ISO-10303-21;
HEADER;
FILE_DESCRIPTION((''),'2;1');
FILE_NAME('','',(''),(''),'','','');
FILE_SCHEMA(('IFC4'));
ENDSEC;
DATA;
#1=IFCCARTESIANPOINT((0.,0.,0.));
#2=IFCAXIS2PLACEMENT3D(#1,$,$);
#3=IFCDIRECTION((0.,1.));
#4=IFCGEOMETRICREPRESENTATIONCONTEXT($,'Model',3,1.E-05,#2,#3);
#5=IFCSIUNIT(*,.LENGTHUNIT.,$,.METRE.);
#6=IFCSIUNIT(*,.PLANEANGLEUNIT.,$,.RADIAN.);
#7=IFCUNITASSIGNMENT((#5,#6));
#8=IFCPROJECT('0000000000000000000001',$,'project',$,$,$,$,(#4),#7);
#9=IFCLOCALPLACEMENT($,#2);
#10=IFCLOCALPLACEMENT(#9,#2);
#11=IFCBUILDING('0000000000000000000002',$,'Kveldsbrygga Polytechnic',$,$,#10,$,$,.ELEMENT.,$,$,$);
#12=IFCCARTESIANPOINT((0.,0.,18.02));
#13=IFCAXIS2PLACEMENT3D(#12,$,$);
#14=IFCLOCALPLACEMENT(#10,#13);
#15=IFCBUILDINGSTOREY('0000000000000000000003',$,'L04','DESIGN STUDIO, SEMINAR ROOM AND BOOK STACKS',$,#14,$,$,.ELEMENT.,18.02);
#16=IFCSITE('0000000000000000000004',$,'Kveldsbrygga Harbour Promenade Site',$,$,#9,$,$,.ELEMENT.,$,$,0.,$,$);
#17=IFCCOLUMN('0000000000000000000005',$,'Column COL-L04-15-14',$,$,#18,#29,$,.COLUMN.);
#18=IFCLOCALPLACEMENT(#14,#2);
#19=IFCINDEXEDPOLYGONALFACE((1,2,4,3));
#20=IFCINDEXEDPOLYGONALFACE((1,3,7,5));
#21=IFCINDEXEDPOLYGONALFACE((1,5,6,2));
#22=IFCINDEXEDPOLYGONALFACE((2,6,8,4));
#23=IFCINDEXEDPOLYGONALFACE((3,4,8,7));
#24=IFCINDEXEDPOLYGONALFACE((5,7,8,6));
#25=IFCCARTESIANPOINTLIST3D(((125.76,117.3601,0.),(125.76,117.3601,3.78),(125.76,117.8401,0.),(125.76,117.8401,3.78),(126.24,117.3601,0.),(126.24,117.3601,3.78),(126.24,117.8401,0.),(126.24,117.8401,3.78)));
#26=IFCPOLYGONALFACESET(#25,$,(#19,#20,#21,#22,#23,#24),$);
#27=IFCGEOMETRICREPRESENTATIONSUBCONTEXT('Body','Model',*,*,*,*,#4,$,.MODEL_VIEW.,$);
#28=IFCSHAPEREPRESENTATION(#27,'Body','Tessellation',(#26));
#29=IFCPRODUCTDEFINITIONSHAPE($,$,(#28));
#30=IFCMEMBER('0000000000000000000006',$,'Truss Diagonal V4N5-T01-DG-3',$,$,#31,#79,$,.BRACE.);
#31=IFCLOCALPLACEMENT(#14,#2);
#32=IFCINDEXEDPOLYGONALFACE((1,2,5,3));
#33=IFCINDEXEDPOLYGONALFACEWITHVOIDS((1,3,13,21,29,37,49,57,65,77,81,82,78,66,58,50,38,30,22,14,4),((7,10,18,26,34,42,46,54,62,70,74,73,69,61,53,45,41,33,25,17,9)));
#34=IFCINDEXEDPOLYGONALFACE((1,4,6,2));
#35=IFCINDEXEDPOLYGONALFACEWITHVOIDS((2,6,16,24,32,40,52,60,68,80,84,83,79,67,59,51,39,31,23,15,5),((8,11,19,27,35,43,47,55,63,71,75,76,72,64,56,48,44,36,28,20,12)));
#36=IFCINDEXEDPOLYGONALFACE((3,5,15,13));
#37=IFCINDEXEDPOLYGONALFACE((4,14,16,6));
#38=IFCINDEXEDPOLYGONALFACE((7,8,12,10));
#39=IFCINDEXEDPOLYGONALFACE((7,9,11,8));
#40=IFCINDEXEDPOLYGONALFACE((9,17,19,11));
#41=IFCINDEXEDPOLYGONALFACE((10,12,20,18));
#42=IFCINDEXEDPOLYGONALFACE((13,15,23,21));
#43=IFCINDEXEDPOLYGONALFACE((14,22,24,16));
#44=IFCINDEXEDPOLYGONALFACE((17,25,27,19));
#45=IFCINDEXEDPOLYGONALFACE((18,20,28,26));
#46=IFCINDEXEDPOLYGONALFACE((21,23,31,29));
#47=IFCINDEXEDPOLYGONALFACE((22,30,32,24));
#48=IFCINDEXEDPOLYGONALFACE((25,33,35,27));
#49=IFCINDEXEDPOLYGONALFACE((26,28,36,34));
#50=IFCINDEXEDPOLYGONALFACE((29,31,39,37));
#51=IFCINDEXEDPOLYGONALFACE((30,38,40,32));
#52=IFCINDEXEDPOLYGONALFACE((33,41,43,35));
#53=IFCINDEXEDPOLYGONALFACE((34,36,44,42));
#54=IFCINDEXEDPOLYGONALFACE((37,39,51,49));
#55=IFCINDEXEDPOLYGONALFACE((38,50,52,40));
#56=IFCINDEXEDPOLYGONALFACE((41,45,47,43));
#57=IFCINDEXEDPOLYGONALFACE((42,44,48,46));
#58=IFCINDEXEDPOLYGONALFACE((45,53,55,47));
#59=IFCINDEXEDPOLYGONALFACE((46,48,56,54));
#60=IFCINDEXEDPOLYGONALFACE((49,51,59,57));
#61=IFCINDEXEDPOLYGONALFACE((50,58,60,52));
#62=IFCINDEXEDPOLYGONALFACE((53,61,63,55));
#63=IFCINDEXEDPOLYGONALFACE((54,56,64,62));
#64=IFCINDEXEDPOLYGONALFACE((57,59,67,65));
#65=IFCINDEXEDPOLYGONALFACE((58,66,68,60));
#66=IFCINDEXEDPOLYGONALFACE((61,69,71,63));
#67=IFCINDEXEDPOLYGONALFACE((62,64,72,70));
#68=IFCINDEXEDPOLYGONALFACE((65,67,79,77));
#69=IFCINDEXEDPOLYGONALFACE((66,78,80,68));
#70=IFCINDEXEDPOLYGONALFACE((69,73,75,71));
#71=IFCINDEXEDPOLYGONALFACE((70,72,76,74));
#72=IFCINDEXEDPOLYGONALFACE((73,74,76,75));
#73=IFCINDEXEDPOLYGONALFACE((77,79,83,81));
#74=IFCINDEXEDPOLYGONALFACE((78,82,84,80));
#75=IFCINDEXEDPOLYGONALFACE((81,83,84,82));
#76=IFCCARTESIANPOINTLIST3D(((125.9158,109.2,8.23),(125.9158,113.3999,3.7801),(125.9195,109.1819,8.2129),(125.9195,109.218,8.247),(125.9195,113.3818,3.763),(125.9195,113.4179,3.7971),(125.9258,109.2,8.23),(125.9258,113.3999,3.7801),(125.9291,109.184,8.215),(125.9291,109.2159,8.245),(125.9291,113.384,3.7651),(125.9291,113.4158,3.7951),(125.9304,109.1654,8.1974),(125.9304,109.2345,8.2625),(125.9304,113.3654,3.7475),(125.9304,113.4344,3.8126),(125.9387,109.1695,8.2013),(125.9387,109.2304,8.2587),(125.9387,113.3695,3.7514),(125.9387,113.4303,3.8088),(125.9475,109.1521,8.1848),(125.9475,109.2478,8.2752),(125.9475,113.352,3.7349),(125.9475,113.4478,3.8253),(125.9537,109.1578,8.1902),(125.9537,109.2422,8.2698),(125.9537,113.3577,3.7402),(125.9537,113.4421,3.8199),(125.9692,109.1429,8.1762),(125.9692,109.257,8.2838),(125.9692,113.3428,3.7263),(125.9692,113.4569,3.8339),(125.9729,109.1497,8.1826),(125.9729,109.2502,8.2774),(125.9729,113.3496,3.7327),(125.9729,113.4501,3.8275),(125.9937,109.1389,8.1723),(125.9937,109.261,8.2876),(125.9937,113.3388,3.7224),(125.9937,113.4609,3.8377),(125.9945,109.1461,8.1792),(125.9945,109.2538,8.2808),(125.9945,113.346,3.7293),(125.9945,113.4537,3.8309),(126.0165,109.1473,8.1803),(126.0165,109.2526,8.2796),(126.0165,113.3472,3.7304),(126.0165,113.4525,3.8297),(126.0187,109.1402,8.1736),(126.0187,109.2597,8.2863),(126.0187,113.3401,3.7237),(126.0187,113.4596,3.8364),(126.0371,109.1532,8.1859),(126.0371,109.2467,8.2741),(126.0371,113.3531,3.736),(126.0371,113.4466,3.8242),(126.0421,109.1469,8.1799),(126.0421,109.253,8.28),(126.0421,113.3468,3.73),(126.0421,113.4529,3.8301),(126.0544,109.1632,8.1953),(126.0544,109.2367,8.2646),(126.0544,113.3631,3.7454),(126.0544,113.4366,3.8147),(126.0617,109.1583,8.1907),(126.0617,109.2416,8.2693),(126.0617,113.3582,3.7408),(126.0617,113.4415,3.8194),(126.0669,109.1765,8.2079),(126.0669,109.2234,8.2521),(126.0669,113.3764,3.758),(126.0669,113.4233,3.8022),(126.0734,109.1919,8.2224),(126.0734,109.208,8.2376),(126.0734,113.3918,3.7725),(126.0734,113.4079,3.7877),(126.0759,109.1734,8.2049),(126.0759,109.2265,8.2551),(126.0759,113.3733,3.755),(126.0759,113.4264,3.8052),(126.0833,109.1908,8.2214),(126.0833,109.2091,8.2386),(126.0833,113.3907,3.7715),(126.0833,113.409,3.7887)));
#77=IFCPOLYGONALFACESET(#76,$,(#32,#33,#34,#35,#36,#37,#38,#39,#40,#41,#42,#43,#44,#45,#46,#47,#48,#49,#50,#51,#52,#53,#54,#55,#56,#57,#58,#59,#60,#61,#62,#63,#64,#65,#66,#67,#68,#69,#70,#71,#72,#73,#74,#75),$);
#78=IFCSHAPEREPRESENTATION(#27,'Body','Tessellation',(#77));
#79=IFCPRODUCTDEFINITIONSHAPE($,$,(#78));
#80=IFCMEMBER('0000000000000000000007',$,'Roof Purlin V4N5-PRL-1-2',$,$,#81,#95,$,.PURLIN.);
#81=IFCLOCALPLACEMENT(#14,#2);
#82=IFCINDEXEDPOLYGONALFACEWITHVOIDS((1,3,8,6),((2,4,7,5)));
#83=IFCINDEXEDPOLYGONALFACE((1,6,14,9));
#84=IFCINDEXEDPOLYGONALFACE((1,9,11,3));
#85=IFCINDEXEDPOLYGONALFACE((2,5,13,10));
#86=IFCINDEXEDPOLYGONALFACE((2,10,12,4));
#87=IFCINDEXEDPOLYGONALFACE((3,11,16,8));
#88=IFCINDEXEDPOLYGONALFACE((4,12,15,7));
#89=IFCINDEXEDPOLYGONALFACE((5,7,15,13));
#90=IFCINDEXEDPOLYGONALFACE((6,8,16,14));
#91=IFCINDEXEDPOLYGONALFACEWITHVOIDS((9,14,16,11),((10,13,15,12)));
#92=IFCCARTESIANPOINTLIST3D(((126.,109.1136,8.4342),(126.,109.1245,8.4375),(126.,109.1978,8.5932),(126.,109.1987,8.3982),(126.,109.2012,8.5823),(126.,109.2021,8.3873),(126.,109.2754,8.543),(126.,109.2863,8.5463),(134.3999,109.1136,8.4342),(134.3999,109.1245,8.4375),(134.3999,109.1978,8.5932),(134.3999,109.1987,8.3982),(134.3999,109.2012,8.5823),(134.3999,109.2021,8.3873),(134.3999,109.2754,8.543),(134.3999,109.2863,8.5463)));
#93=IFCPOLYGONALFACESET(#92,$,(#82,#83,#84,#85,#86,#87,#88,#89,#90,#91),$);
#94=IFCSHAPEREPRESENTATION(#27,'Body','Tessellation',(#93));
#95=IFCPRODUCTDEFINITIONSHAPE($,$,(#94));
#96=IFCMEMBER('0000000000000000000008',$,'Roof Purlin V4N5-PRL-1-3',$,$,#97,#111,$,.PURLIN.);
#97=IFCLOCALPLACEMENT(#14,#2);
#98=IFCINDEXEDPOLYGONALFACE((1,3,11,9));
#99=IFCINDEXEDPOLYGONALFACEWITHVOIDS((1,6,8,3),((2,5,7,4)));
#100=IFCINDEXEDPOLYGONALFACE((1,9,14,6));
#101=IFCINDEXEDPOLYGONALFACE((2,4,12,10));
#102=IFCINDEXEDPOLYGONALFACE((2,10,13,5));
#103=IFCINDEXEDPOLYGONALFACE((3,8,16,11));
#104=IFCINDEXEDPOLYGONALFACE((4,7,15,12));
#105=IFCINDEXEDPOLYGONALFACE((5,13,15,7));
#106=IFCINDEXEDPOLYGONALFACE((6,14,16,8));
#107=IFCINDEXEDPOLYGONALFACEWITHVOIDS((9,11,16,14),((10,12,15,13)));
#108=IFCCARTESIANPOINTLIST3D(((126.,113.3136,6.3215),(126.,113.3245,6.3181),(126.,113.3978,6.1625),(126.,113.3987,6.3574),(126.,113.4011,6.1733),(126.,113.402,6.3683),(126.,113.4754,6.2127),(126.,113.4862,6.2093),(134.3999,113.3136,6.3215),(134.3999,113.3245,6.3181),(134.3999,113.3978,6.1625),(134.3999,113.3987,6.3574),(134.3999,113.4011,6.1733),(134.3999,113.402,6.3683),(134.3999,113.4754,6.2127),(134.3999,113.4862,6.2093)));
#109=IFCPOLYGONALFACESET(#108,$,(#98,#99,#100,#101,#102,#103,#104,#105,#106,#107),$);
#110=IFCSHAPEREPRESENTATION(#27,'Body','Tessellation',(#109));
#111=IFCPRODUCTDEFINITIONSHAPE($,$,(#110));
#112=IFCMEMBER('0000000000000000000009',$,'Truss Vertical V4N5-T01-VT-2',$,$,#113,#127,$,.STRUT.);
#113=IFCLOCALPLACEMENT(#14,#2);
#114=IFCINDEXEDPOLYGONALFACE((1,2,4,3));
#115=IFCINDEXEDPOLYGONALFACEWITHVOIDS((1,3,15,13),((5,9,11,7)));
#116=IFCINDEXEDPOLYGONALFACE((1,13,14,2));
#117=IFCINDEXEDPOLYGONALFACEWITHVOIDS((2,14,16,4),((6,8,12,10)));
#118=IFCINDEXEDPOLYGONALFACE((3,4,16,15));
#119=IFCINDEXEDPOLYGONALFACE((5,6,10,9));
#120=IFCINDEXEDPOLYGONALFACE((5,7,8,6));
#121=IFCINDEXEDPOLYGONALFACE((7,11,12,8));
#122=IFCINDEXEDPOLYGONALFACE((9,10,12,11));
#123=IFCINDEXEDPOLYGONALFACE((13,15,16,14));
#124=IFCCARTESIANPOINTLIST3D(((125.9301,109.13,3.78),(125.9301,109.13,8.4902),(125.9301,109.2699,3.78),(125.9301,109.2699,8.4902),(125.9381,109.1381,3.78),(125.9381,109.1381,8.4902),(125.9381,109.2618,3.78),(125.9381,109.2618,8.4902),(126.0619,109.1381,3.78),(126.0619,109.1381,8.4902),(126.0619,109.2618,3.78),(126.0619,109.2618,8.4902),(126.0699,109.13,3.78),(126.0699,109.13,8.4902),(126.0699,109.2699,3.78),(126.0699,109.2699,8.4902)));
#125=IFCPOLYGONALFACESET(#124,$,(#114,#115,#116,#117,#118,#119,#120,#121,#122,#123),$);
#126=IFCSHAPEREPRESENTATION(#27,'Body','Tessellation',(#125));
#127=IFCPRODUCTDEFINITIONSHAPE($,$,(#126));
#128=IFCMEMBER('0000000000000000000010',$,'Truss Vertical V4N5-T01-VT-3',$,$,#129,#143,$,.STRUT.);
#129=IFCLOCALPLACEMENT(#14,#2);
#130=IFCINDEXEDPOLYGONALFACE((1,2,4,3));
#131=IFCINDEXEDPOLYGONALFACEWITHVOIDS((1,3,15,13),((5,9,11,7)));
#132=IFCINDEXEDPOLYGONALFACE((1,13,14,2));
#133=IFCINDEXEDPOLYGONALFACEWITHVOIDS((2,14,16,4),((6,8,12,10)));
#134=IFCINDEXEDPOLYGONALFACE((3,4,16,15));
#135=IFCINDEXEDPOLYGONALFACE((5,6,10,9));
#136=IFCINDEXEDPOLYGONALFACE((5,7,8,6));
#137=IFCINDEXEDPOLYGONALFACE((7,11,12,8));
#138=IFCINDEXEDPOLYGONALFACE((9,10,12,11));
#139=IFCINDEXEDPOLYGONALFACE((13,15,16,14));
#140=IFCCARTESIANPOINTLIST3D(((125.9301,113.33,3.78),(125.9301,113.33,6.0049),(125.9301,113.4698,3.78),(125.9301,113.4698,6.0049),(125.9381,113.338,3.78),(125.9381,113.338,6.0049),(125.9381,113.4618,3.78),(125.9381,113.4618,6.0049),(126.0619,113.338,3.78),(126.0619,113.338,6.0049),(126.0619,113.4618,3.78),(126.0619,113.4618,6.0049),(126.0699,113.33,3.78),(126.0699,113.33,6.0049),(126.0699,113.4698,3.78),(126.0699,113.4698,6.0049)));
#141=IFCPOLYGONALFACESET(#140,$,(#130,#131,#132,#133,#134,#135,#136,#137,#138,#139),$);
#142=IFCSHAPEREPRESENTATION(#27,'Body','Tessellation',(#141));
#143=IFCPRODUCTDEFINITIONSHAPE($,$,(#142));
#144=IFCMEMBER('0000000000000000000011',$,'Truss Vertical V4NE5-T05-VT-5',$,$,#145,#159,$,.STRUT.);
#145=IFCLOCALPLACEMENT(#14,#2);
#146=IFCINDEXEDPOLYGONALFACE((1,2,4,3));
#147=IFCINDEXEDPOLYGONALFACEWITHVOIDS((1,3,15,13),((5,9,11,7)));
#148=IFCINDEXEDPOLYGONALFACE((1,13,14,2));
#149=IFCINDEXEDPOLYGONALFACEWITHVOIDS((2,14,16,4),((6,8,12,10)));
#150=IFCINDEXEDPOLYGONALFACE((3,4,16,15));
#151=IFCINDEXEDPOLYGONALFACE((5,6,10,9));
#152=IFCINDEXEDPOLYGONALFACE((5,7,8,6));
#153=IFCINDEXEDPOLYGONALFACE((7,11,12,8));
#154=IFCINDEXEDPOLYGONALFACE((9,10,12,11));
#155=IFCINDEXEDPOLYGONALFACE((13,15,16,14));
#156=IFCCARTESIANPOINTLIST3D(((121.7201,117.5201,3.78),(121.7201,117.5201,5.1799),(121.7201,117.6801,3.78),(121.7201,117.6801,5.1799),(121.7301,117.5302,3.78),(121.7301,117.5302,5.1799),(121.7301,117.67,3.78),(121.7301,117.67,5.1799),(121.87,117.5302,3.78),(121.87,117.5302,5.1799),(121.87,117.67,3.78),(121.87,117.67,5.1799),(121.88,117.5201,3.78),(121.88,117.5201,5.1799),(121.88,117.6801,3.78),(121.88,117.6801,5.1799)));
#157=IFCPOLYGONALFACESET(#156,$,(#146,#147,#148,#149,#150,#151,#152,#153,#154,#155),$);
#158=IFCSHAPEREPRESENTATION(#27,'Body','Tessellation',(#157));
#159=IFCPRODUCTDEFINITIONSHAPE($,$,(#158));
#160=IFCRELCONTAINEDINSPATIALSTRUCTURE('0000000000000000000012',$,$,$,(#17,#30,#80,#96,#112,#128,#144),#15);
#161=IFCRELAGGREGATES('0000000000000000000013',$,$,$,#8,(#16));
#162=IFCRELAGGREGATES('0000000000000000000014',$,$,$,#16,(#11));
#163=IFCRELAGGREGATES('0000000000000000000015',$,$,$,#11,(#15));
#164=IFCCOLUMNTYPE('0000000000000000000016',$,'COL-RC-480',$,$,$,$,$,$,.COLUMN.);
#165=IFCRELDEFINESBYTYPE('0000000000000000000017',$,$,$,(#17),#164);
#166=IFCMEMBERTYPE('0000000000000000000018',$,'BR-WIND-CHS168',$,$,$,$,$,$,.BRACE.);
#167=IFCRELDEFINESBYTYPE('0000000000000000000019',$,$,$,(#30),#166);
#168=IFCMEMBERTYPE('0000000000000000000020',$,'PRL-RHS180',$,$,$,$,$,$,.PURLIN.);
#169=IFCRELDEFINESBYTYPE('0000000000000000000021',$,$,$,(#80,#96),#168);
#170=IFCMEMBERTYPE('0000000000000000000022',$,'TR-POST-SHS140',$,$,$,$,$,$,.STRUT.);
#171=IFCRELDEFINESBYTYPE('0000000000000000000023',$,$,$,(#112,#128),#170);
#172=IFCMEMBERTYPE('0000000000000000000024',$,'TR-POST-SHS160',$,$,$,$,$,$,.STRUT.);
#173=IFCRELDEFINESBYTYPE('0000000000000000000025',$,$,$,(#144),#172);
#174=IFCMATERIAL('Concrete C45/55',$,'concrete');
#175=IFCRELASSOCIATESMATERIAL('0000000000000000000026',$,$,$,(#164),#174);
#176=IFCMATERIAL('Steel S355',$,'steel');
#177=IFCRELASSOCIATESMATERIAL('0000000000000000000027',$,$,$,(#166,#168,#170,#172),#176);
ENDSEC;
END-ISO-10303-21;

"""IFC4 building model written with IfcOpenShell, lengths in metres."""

from ifc_helpers import new_model, si_unit, direction, frame, origin, origin_2d, place, context, subcontext, project, spatial, rectangle, hollow_rectangle, hollow_circle, extrude, material, material_profile, profile_set, type_object, element, save


model = new_model("IFC4")

# Units and contexts
model_context = context("Model", 3, precision=1e-05, world=origin(), true_north=direction((0.0, 1.0)))
body_context = subcontext(model_context, "Body", "Model", "MODEL_VIEW")
ifc_project = project(units=[si_unit("LENGTHUNIT", "METRE"), si_unit("PLANEANGLEUNIT", "RADIAN")], contexts=[model_context])

# Site, building, storey
site_placement = place(None, origin())
site = spatial("IfcSite", under=ifc_project, at=site_placement, Name="Kveldsbrygga Harbour Promenade Site", CompositionType="ELEMENT", RefElevation=0.0)
building_placement = place(site_placement, origin())
building = spatial("IfcBuilding", under=site, at=building_placement, Name="Kveldsbrygga Polytechnic", CompositionType="ELEMENT")
storey_placement = place(building_placement, frame((0.0, 0.0, 18.02)))
storey = spatial("IfcBuildingStorey", under=building, at=storey_placement, Name="L04", Description="DESIGN STUDIO, SEMINAR ROOM AND BOOK STACKS", CompositionType="ELEMENT", Elevation=18.02)

# Column
ifc_material_1 = material(Name="Concrete C45/55", Category="concrete")
ifc_material_profile_1 = material_profile(ifc_material_1, rectangle(XDim=0.48, YDim=0.48, at=origin_2d()), Name="RC 480x480")
ifc_profile_set_1 = profile_set([ifc_material_profile_1], Name="Concrete C45/55")
column_type = type_object("IfcColumnType", Name="COL-RC-480", PredefinedType="COLUMN", material=ifc_profile_set_1)
column_placement = place(storey_placement, frame((126.0, 117.6001, 0.0), z_axis=(0.0, 0.0, 1.0), x_axis=(1.0, 0.0, 0.0)))
element("IfcColumn", 1, at=column_placement, inside=storey, type_object=column_type, Name="Column COL-L04-15-14", PredefinedType="COLUMN", context=body_context, shape_type="SweptSolid", body=[
    extrude(rectangle(XDim=0.48, YDim=0.48, at=origin_2d()), origin(), (0.0, 0.0, 1.0), 3.78),
])

# Members
ifc_material_2 = material(Name="Steel S355", Category="steel")
ifc_material_profile_2 = material_profile(ifc_material_2, hollow_circle(Radius=0.0842, WallThickness=0.01, at=origin_2d()), Name="CHS 168.3x10.0")
ifc_profile_set_2 = profile_set([ifc_material_profile_2], Name="Steel S355")
member_type_1 = type_object("IfcMemberType", Name="BR-WIND-CHS168", PredefinedType="BRACE", material=ifc_profile_set_2)
member_1_placement = place(storey_placement, frame((126.0, 109.2, 8.23), z_axis=(0.0, 0.686383, -0.72724), x_axis=(-1.0, 0.0, 0.0)))
element("IfcMember", 2, at=member_1_placement, inside=storey, type_object=member_type_1, Name="Truss Diagonal V4N5-T01-DG-3", PredefinedType="BRACE", context=body_context, shape_type="SweptSolid", body=[
    extrude(hollow_circle(Radius=0.0842, WallThickness=0.01, at=origin_2d()), origin(), (0.0, 0.0, 1.0), 6.1189),
])
ifc_material_profile_3 = material_profile(ifc_material_2, hollow_rectangle(XDim=0.1001, YDim=0.1799, WallThickness=0.0081, at=origin_2d()), Name="RHS 180x100x8.0")
ifc_profile_set_3 = profile_set([ifc_material_profile_3], Name="Steel S355")
member_type_2 = type_object("IfcMemberType", Name="PRL-RHS180", PredefinedType="PURLIN", material=ifc_profile_set_3)
for number, where, z_axis, x_axis, name in (
    (3, (126.0, 109.2, 8.4902), (1.0, 0.0, 0.0), (0.0, 0.88366, -0.468129), "Roof Purlin V4N5-PRL-1-2"),
    (4, (126.0, 113.3999, 6.2654), (1.0, 0.0, 0.0), (0.0, 0.88366, 0.468129), "Roof Purlin V4N5-PRL-1-3"),
):
    element("IfcMember", number, at=place(storey_placement, frame(where, z_axis=z_axis, x_axis=x_axis)), inside=storey, type_object=member_type_2, Name=name, PredefinedType="PURLIN", context=body_context, shape_type="SweptSolid", body=[
        extrude(hollow_rectangle(XDim=0.1001, YDim=0.1799, WallThickness=0.0081, at=origin_2d()), origin(), (0.0, 0.0, 1.0), 8.3999),
    ])
ifc_material_profile_4 = material_profile(ifc_material_2, hollow_rectangle(XDim=0.1399, YDim=0.1399, WallThickness=0.0081, at=origin_2d()), Name="SHS 140x140x8.0")
ifc_profile_set_4 = profile_set([ifc_material_profile_4], Name="Steel S355")
member_type_3 = type_object("IfcMemberType", Name="TR-POST-SHS140", PredefinedType="STRUT", material=ifc_profile_set_4)
member_2_placement = place(storey_placement, frame((126.0, 109.2, 3.78), z_axis=(0.0, 0.0, 1.0), x_axis=(1.0, 0.0, 0.0)))
element("IfcMember", 5, at=member_2_placement, inside=storey, type_object=member_type_3, Name="Truss Vertical V4N5-T01-VT-2", PredefinedType="STRUT", context=body_context, shape_type="SweptSolid", body=[
    extrude(hollow_rectangle(XDim=0.1399, YDim=0.1399, WallThickness=0.0081, at=origin_2d()), origin(), (0.0, 0.0, 1.0), 4.7102),
])
member_3_placement = place(storey_placement, frame((126.0, 113.3999, 3.78), z_axis=(0.0, 0.0, 1.0), x_axis=(1.0, 0.0, 0.0)))
element("IfcMember", 6, at=member_3_placement, inside=storey, type_object=member_type_3, Name="Truss Vertical V4N5-T01-VT-3", PredefinedType="STRUT", context=body_context, shape_type="SweptSolid", body=[
    extrude(hollow_rectangle(XDim=0.1399, YDim=0.1399, WallThickness=0.0081, at=origin_2d()), origin(), (0.0, 0.0, 1.0), 2.2249),
])
ifc_material_profile_5 = material_profile(ifc_material_2, hollow_rectangle(XDim=0.1599, YDim=0.1599, WallThickness=0.01, at=origin_2d()), Name="SHS 160x160x10.0")
ifc_profile_set_5 = profile_set([ifc_material_profile_5], Name="Steel S355")
member_type_4 = type_object("IfcMemberType", Name="TR-POST-SHS160", PredefinedType="STRUT", material=ifc_profile_set_5)
member_4_placement = place(storey_placement, frame((121.8, 117.6001, 3.78), z_axis=(0.0, 0.0, 1.0), x_axis=(1.0, 0.0, 0.0)))
element("IfcMember", 7, at=member_4_placement, inside=storey, type_object=member_type_4, Name="Truss Vertical V4NE5-T05-VT-5", PredefinedType="STRUT", context=body_context, shape_type="SweptSolid", body=[
    extrude(hollow_rectangle(XDim=0.1599, YDim=0.1599, WallThickness=0.01, at=origin_2d()), origin(), (0.0, 0.0, 1.0), 1.3999),
])

save(model, "model.ifc")
